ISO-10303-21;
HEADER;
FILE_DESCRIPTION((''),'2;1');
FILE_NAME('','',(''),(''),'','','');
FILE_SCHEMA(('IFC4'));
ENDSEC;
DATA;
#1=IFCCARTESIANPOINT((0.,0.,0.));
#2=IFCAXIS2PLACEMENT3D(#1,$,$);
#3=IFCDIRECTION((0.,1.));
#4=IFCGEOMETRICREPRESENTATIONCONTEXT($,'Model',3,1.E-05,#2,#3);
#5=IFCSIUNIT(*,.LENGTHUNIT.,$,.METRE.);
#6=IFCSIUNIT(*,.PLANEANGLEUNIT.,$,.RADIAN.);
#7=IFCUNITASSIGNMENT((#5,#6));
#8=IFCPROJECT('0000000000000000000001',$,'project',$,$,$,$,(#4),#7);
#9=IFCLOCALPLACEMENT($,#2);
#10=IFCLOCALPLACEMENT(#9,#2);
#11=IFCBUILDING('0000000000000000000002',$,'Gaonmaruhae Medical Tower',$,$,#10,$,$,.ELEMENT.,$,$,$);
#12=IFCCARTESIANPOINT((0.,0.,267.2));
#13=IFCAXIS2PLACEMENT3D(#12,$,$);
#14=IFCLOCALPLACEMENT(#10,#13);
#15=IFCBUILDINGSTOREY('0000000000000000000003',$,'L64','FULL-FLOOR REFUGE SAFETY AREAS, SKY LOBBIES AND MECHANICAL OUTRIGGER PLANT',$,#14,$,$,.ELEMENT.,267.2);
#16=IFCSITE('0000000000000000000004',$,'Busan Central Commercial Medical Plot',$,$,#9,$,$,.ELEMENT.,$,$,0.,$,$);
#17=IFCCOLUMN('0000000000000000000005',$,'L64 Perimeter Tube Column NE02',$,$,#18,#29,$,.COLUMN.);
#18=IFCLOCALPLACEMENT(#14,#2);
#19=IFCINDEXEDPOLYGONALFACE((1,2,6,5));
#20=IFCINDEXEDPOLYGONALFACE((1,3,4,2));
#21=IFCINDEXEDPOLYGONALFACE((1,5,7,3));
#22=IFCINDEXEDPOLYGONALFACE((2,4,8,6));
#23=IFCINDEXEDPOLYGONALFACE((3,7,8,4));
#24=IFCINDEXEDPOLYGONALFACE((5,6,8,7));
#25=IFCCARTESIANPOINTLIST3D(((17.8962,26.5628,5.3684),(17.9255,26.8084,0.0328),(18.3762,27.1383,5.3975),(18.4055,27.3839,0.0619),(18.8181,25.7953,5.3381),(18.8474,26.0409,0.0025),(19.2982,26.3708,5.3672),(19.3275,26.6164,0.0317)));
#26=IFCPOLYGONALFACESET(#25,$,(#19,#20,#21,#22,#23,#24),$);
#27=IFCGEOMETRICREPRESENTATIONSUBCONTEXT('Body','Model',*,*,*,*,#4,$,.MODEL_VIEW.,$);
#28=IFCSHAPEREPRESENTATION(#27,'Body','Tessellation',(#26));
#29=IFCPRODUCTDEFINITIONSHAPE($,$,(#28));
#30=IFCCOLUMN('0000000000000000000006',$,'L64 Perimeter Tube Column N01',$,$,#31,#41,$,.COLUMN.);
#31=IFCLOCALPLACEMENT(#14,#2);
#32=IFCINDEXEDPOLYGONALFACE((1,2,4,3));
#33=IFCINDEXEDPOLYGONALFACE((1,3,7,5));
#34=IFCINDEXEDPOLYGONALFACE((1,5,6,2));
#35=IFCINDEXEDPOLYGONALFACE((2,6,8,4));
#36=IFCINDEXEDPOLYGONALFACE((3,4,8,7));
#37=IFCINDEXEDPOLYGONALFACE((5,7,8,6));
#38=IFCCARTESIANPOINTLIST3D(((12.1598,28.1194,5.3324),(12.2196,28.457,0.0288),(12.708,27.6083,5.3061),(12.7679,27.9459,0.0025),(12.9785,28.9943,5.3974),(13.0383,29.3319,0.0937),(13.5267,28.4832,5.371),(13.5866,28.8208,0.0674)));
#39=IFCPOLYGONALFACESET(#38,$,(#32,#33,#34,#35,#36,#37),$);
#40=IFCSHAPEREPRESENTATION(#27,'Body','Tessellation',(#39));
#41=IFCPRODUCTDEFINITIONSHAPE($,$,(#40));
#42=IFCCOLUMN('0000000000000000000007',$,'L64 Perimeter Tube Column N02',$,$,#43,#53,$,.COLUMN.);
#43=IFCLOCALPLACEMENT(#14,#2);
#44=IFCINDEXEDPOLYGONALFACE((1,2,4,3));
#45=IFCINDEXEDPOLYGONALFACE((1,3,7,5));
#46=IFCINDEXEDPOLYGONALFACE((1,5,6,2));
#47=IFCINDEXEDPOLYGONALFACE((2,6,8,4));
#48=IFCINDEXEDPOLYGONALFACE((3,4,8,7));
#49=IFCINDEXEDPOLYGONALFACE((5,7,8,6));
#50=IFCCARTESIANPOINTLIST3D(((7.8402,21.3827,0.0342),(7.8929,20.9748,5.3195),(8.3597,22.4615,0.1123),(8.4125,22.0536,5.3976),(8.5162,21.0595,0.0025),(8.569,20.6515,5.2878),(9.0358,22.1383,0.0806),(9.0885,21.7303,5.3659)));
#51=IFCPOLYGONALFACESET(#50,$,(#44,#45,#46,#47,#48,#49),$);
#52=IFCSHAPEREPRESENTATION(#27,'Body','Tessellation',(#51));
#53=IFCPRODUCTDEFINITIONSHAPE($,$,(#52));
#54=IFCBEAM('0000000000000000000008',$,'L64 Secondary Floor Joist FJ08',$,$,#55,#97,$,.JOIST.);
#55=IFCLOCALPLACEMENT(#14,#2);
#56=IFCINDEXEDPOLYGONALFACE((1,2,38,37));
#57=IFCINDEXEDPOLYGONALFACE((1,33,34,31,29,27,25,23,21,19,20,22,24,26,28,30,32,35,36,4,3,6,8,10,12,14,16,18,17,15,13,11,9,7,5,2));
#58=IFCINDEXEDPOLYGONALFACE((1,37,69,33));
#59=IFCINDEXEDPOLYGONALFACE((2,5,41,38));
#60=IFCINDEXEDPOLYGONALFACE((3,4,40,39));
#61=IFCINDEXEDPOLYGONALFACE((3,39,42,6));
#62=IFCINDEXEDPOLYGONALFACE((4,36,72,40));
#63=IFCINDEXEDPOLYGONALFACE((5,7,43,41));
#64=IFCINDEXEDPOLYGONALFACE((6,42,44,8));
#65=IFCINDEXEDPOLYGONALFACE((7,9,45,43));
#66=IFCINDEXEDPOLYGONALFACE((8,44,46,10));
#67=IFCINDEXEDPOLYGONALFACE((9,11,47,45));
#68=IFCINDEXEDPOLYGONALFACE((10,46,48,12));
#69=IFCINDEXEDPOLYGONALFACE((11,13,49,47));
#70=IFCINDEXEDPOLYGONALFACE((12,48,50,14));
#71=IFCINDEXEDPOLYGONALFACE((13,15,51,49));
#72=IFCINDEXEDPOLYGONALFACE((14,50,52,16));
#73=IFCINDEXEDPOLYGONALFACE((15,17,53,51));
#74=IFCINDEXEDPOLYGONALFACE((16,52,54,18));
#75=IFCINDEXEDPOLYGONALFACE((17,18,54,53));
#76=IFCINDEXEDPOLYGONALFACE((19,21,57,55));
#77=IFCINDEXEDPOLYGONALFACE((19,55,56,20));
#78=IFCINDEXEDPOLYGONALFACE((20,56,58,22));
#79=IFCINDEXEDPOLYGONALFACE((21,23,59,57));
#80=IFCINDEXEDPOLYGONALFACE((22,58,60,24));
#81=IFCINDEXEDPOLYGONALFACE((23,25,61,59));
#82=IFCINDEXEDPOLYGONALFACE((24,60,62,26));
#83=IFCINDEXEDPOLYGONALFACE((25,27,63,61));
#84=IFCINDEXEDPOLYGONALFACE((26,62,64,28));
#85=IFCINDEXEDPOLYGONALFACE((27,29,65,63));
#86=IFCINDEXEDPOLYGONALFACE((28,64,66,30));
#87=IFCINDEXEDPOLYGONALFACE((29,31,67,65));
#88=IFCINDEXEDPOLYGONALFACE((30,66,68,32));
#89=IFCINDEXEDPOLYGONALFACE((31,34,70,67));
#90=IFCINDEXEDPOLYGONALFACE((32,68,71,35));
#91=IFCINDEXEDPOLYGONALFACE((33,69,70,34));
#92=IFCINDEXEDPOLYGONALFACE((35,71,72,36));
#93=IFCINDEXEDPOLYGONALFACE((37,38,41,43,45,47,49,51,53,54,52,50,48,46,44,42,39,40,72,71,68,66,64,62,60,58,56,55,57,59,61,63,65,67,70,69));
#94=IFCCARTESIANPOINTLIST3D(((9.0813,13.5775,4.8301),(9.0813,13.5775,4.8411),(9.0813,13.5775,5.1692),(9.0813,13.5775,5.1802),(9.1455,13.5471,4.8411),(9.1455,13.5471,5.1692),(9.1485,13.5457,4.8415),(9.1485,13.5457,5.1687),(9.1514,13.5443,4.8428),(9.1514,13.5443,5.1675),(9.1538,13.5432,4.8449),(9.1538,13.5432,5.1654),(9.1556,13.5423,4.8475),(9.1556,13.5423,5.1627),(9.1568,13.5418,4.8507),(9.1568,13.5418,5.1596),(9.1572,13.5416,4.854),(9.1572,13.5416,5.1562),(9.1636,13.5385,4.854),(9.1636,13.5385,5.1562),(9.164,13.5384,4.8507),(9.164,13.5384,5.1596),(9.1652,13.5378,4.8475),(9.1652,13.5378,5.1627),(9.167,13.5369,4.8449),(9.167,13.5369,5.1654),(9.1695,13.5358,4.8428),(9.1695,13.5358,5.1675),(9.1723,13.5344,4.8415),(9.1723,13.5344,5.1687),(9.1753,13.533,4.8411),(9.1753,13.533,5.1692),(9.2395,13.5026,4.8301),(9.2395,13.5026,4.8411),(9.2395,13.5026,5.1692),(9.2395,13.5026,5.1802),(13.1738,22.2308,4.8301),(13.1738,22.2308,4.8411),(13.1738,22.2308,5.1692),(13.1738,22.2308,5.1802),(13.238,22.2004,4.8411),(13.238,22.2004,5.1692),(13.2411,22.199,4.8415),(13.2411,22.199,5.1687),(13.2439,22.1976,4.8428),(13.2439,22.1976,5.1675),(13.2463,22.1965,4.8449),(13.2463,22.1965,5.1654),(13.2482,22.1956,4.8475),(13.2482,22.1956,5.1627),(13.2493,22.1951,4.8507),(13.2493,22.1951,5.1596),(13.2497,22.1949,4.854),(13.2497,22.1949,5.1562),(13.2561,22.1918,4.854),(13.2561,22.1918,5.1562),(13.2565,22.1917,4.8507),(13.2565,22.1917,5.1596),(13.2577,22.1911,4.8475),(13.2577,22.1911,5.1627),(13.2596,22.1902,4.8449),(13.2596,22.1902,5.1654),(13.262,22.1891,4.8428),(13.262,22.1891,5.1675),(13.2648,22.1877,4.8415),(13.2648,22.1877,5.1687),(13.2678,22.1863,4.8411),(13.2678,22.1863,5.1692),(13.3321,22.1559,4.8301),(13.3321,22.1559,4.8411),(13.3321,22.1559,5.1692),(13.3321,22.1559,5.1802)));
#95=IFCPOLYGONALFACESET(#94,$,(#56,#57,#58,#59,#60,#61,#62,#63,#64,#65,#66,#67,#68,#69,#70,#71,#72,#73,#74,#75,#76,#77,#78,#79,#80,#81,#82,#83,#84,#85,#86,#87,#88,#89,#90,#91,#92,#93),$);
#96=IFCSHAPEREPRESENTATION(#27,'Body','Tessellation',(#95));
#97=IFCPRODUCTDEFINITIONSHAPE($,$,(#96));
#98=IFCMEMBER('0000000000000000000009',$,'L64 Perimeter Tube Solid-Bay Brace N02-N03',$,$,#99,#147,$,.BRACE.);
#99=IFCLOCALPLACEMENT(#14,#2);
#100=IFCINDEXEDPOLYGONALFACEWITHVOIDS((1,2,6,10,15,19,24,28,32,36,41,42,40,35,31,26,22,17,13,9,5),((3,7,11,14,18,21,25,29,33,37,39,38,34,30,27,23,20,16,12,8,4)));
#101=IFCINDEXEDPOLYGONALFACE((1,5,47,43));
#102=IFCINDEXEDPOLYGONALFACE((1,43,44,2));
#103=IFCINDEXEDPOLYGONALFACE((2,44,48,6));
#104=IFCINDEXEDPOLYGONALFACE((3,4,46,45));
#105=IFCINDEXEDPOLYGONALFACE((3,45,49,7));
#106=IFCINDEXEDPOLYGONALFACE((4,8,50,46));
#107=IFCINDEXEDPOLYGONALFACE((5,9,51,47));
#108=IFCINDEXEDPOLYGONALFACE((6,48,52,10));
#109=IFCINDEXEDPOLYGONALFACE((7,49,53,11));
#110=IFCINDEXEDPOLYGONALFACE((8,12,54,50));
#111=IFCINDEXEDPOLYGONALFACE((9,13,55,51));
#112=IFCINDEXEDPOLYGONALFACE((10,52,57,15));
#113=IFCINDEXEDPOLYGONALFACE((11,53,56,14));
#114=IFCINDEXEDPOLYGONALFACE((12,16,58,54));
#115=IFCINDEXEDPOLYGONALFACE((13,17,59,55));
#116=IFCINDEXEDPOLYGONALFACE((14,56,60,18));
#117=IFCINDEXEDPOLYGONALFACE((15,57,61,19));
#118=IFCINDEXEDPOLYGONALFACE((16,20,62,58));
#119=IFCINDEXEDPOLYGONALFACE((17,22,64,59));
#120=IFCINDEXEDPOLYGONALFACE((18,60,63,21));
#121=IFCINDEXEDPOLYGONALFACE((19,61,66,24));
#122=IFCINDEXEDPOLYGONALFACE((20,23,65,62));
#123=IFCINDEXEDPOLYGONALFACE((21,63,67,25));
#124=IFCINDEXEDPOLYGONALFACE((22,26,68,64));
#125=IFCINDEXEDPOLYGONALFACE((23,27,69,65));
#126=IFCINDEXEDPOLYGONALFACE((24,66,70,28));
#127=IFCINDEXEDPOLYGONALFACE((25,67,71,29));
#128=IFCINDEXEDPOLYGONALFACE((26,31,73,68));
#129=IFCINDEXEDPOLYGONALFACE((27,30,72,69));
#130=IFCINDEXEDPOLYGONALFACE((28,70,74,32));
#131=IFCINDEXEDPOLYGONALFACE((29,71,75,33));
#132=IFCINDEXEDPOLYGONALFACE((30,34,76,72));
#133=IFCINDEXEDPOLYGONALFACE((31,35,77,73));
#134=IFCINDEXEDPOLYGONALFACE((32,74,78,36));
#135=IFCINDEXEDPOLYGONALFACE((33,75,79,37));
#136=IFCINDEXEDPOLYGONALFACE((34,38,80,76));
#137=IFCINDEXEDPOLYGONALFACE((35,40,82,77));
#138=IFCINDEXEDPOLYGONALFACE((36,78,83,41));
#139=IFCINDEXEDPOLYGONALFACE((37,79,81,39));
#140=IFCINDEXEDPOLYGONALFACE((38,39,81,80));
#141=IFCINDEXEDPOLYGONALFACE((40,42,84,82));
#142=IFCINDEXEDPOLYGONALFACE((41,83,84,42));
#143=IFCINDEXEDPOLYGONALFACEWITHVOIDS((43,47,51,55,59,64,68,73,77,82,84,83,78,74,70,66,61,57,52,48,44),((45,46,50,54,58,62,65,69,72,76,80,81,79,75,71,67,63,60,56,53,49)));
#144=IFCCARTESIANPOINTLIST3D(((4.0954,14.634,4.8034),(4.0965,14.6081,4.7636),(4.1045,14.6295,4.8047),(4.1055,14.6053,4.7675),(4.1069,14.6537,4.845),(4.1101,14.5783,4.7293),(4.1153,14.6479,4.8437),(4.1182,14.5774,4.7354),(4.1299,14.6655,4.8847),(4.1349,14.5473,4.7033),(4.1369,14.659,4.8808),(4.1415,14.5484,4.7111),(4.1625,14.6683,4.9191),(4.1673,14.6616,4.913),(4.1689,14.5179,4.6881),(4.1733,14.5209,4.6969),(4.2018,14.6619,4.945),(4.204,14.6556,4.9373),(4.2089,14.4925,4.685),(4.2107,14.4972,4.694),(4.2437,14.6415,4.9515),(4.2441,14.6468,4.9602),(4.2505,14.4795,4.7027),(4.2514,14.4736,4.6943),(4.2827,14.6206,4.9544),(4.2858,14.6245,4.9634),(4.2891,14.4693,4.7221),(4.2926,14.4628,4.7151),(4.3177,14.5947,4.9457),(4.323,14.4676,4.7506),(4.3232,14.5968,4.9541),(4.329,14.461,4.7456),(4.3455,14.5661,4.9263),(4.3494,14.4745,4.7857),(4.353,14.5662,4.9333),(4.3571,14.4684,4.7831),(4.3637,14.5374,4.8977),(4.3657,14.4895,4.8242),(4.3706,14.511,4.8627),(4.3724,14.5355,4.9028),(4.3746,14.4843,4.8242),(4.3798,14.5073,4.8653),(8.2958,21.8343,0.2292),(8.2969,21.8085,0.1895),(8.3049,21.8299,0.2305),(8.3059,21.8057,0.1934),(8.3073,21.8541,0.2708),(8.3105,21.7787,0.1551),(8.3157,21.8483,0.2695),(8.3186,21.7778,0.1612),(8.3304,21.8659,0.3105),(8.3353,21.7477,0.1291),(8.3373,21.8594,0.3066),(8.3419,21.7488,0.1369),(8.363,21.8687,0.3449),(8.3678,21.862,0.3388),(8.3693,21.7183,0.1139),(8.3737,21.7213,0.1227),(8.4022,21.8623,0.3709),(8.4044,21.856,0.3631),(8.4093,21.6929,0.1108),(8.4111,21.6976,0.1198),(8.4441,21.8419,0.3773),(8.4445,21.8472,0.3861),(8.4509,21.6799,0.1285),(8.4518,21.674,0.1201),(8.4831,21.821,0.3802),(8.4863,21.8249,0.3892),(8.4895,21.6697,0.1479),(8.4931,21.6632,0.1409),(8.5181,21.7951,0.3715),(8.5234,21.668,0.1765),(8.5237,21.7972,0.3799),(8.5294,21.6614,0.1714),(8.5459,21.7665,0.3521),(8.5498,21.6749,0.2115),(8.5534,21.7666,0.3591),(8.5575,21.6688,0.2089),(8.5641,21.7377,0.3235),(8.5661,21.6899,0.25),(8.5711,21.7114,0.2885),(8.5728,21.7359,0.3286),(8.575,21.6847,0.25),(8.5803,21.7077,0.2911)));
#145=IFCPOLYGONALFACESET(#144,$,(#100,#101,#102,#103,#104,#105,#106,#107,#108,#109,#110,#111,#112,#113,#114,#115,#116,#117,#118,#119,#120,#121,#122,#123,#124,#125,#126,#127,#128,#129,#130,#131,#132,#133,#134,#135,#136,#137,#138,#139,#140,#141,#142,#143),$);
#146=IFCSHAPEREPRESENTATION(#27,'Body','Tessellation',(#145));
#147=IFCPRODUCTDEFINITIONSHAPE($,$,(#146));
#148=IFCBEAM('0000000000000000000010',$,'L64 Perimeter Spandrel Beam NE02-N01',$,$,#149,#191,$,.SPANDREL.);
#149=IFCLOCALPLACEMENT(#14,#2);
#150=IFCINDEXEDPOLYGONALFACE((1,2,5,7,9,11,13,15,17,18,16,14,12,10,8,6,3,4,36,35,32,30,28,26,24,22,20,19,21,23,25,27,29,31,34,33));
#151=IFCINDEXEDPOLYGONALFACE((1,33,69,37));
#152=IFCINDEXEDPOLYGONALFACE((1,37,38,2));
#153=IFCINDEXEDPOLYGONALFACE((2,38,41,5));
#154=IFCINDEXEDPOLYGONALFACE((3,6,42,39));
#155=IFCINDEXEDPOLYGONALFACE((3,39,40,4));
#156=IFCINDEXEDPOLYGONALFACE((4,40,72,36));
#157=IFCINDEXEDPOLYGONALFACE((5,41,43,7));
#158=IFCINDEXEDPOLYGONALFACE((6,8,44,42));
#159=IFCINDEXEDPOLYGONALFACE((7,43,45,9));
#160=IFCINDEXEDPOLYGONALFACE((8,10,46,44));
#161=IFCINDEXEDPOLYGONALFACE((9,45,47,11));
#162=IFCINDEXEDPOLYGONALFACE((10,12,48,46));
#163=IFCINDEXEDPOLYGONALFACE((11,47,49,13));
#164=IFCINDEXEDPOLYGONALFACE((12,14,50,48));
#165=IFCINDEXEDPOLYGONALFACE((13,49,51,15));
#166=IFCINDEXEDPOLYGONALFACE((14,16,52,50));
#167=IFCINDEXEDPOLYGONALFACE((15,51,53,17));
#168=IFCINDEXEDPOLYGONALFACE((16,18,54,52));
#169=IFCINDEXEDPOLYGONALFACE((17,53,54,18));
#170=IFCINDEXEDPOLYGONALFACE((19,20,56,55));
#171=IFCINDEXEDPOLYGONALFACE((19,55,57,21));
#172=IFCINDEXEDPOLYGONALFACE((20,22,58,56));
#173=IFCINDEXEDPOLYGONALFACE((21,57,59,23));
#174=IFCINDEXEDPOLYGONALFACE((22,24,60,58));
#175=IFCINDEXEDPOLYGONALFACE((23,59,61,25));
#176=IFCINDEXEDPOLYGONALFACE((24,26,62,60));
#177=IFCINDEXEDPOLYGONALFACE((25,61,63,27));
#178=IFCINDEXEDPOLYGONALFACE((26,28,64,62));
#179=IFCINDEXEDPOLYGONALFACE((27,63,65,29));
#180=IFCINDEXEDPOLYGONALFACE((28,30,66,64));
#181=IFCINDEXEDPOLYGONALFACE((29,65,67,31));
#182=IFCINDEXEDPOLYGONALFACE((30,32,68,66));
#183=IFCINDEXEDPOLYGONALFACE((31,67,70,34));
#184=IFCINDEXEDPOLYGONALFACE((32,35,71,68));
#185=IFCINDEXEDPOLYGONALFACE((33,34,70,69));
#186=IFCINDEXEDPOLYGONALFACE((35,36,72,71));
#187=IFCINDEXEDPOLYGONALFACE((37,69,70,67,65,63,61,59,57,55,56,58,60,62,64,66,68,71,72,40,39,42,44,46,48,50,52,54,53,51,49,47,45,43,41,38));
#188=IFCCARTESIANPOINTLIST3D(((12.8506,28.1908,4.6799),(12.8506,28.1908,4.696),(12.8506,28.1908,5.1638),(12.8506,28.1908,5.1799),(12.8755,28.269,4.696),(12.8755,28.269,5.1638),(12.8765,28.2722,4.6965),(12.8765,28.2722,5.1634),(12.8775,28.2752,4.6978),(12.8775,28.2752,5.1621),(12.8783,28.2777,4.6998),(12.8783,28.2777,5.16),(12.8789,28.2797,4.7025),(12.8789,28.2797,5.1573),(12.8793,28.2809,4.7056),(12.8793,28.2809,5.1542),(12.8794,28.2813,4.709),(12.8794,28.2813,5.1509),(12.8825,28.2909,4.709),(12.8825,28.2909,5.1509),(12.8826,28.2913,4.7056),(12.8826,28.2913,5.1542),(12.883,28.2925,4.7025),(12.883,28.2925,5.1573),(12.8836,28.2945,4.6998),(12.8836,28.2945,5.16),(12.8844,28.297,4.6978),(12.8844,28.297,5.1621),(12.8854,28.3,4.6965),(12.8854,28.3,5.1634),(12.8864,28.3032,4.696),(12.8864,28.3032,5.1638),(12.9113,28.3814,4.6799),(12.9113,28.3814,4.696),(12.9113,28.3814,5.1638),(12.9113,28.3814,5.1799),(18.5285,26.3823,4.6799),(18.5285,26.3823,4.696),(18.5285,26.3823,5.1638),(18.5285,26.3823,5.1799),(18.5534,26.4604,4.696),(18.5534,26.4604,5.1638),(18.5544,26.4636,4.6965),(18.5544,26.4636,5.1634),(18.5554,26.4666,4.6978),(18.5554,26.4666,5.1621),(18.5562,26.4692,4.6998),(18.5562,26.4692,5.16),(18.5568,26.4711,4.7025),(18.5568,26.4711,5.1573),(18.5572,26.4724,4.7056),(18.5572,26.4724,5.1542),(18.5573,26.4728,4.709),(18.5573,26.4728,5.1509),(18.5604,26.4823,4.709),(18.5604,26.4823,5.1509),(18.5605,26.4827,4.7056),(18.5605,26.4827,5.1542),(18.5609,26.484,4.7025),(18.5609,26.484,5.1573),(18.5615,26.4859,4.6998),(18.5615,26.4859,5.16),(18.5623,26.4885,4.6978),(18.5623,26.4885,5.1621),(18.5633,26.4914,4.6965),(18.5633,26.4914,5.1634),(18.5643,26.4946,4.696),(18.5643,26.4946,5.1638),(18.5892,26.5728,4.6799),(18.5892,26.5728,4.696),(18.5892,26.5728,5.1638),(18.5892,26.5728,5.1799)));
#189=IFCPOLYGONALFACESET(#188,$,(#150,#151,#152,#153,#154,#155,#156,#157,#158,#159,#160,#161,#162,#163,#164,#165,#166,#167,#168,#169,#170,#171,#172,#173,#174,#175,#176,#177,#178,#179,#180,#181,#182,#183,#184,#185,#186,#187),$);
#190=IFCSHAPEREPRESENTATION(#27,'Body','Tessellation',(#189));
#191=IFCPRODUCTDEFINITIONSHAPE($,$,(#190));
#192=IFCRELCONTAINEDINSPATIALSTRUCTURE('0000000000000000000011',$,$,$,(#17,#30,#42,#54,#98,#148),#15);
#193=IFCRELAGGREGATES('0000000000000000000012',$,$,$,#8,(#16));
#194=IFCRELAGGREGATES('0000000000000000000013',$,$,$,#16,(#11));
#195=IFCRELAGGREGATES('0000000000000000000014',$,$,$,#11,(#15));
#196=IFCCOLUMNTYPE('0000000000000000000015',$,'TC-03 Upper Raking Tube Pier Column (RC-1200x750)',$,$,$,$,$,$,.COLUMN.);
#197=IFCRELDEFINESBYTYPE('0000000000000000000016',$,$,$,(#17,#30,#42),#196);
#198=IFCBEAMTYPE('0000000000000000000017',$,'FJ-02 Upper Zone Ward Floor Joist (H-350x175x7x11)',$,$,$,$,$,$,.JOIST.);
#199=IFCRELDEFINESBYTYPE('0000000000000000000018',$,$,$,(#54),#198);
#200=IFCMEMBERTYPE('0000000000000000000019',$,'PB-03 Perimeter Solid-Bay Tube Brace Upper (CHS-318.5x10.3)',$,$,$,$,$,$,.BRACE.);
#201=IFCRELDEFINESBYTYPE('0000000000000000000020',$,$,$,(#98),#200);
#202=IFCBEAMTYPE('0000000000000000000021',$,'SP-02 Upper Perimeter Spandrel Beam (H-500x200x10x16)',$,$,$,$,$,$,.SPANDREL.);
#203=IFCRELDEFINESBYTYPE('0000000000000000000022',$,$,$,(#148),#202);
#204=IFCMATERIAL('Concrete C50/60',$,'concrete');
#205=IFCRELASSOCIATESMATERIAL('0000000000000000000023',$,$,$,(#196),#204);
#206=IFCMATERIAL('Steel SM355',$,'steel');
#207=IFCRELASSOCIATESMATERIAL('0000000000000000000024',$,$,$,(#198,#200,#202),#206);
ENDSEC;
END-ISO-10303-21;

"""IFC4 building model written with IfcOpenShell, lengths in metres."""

from ifc_helpers import new_model, si_unit, direction, frame, origin, origin_2d, place, context, subcontext, project, spatial, rectangle, hollow_circle, i_section, extrude, material, material_profile, profile_set, type_object, element, save


model = new_model("IFC4")

# Units and contexts
model_context = context("Model", 3, precision=1e-05, world=origin(), true_north=direction((0.0, 1.0)))
body_context = subcontext(model_context, "Body", "Model", "MODEL_VIEW")
ifc_project = project(units=[si_unit("LENGTHUNIT", "METRE"), si_unit("PLANEANGLEUNIT", "RADIAN")], contexts=[model_context])

# Site, building, storey
site_placement = place(None, origin())
site = spatial("IfcSite", under=ifc_project, at=site_placement, Name="Busan Central Commercial Medical Plot", CompositionType="ELEMENT", RefElevation=0.0)
building_placement = place(site_placement, origin())
building = spatial("IfcBuilding", under=site, at=building_placement, Name="Gaonmaruhae Medical Tower", CompositionType="ELEMENT")
storey_placement = place(building_placement, frame((0.0, 0.0, 267.2)))
storey = spatial("IfcBuildingStorey", under=building, at=storey_placement, Name="L64", Description="FULL-FLOOR REFUGE SAFETY AREAS, SKY LOBBIES AND MECHANICAL OUTRIGGER PLANT", CompositionType="ELEMENT", Elevation=267.2)

# Columns
ifc_material_1 = material(Name="Concrete C50/60", Category="concrete")
ifc_material_profile_1 = material_profile(ifc_material_1, rectangle(XDim=1.2, YDim=0.75, at=origin_2d()), Name="RC-1200x750")
ifc_profile_set_1 = profile_set([ifc_material_profile_1], Name="Concrete C50/60")
column_type = type_object("IfcColumnType", Name="TC-03 Upper Raking Tube Pier Column (RC-1200x750)", PredefinedType="COLUMN", material=ifc_profile_set_1)
column_1_placement = place(storey_placement, frame((18.6265, 26.7124, 0.0322), z_axis=(-0.005485, -0.045981, 0.998927), x_axis=(-0.768327, 0.639561, 0.025221)))
element("IfcColumn", 1, at=column_1_placement, inside=storey, type_object=column_type, Name="L64 Perimeter Tube Column NE02", PredefinedType="COLUMN", context=body_context, shape_type="SweptSolid", body=[
    extrude(rectangle(XDim=1.2, YDim=0.75, at=origin_2d()), origin(), (0.0, 0.0, 1.0), 5.3413),
])
column_2_placement = place(storey_placement, frame((12.9031, 28.6389, 0.0481), z_axis=(-0.011254, -0.06353, 0.997916), x_axis=(0.682278, 0.729088, 0.05411)))
element("IfcColumn", 2, at=column_2_placement, inside=storey, type_object=column_type, Name="L64 Perimeter Tube Column N01", PredefinedType="COLUMN", context=body_context, shape_type="SweptSolid", body=[
    extrude(rectangle(XDim=1.2, YDim=0.75, at=origin_2d()), origin(), (0.0, 0.0, 1.0), 5.3147),
])
column_3_placement = place(storey_placement, frame((8.438, 21.7605, 0.0574), z_axis=(0.009947, -0.076953, 0.996985), x_axis=(0.432954, 0.899064, 0.065075)))
element("IfcColumn", 3, at=column_3_placement, inside=storey, type_object=column_type, Name="L64 Perimeter Tube Column N02", PredefinedType="COLUMN", context=body_context, shape_type="SweptSolid", body=[
    extrude(rectangle(XDim=1.2, YDim=0.75, at=origin_2d()), origin(), (0.0, 0.0, 1.0), 5.3013),
])

# Beam
ifc_material_2 = material(Name="Steel SM355", Category="steel")
ifc_material_profile_2 = material_profile(ifc_material_2, i_section(OverallWidth=0.175, OverallDepth=0.3501, WebThickness=0.0071, FlangeThickness=0.011, FilletRadius=0.0129, at=origin_2d()), Name="H-350x175x7x11")
ifc_profile_set_2 = profile_set([ifc_material_profile_2], Name="Steel SM355")
beam_type_1 = type_object("IfcBeamType", Name="FJ-02 Upper Zone Ward Floor Joist (H-350x175x7x11)", PredefinedType="JOIST", material=ifc_profile_set_2)
beam_1_placement = place(storey_placement, frame((13.2529, 22.1934, 5.0051), z_axis=(-0.427539, -0.903997, 0.0), x_axis=(0.903997, -0.427539, 0.0)))
element("IfcBeam", 4, at=beam_1_placement, inside=storey, type_object=beam_type_1, Name="L64 Secondary Floor Joist FJ08", PredefinedType="JOIST", context=body_context, shape_type="SweptSolid", body=[
    extrude(i_section(OverallWidth=0.175, OverallDepth=0.3501, WebThickness=0.0071, FlangeThickness=0.011, FilletRadius=0.0129, at=origin_2d()), origin(), (0.0, 0.0, 1.0), 9.5723),
])

# Member
ifc_material_profile_3 = material_profile(ifc_material_2, hollow_circle(Radius=0.1592, WallThickness=0.0103, at=origin_2d()), Name="CHS-318.5x10.3")
ifc_profile_set_3 = profile_set([ifc_material_profile_3], Name="Steel SM355")
member_type_1 = type_object("IfcMemberType", Name="PB-03 Perimeter Solid-Bay Tube Brace Upper (CHS-318.5x10.3)", PredefinedType="BRACE", material=ifc_profile_set_3)
member_1_placement = place(storey_placement, frame((8.4375, 21.7649, 0.25), z_axis=(-0.441752, -0.757255, 0.481061), x_axis=(0.863769, -0.503887, 0.0)))
element("IfcMember", 5, at=member_1_placement, inside=storey, type_object=member_type_1, Name="L64 Perimeter Tube Solid-Bay Brace N02-N03", PredefinedType="BRACE", context=body_context, shape_type="SweptSolid", body=[
    extrude(hollow_circle(Radius=0.1592, WallThickness=0.0103, at=origin_2d()), origin(), (0.0, 0.0, 1.0), 9.5085),
])

# Beam
ifc_material_profile_4 = material_profile(ifc_material_2, i_section(OverallWidth=0.2, OverallDepth=0.5, WebThickness=0.01, FlangeThickness=0.0161, FilletRadius=0.0129, at=origin_2d()), Name="H-500x200x10x16")
ifc_profile_set_4 = profile_set([ifc_material_profile_4], Name="Steel SM355")
beam_type_2 = type_object("IfcBeamType", Name="SP-02 Upper Perimeter Spandrel Beam (H-500x200x10x16)", PredefinedType="SPANDREL", material=ifc_profile_set_4)
beam_2_placement = place(storey_placement, frame((18.5588, 26.4775, 4.9299), z_axis=(-0.95283, 0.303503, 0.0), x_axis=(-0.303503, -0.95283, 0.0)))
element("IfcBeam", 6, at=beam_2_placement, inside=storey, type_object=beam_type_2, Name="L64 Perimeter Spandrel Beam NE02-N01", PredefinedType="SPANDREL", context=body_context, shape_type="SweptSolid", body=[
    extrude(i_section(OverallWidth=0.2, OverallDepth=0.5, WebThickness=0.01, FlangeThickness=0.0161, FilletRadius=0.0129, at=origin_2d()), origin(), (0.0, 0.0, 1.0), 5.959),
])

save(model, "model.ifc")
